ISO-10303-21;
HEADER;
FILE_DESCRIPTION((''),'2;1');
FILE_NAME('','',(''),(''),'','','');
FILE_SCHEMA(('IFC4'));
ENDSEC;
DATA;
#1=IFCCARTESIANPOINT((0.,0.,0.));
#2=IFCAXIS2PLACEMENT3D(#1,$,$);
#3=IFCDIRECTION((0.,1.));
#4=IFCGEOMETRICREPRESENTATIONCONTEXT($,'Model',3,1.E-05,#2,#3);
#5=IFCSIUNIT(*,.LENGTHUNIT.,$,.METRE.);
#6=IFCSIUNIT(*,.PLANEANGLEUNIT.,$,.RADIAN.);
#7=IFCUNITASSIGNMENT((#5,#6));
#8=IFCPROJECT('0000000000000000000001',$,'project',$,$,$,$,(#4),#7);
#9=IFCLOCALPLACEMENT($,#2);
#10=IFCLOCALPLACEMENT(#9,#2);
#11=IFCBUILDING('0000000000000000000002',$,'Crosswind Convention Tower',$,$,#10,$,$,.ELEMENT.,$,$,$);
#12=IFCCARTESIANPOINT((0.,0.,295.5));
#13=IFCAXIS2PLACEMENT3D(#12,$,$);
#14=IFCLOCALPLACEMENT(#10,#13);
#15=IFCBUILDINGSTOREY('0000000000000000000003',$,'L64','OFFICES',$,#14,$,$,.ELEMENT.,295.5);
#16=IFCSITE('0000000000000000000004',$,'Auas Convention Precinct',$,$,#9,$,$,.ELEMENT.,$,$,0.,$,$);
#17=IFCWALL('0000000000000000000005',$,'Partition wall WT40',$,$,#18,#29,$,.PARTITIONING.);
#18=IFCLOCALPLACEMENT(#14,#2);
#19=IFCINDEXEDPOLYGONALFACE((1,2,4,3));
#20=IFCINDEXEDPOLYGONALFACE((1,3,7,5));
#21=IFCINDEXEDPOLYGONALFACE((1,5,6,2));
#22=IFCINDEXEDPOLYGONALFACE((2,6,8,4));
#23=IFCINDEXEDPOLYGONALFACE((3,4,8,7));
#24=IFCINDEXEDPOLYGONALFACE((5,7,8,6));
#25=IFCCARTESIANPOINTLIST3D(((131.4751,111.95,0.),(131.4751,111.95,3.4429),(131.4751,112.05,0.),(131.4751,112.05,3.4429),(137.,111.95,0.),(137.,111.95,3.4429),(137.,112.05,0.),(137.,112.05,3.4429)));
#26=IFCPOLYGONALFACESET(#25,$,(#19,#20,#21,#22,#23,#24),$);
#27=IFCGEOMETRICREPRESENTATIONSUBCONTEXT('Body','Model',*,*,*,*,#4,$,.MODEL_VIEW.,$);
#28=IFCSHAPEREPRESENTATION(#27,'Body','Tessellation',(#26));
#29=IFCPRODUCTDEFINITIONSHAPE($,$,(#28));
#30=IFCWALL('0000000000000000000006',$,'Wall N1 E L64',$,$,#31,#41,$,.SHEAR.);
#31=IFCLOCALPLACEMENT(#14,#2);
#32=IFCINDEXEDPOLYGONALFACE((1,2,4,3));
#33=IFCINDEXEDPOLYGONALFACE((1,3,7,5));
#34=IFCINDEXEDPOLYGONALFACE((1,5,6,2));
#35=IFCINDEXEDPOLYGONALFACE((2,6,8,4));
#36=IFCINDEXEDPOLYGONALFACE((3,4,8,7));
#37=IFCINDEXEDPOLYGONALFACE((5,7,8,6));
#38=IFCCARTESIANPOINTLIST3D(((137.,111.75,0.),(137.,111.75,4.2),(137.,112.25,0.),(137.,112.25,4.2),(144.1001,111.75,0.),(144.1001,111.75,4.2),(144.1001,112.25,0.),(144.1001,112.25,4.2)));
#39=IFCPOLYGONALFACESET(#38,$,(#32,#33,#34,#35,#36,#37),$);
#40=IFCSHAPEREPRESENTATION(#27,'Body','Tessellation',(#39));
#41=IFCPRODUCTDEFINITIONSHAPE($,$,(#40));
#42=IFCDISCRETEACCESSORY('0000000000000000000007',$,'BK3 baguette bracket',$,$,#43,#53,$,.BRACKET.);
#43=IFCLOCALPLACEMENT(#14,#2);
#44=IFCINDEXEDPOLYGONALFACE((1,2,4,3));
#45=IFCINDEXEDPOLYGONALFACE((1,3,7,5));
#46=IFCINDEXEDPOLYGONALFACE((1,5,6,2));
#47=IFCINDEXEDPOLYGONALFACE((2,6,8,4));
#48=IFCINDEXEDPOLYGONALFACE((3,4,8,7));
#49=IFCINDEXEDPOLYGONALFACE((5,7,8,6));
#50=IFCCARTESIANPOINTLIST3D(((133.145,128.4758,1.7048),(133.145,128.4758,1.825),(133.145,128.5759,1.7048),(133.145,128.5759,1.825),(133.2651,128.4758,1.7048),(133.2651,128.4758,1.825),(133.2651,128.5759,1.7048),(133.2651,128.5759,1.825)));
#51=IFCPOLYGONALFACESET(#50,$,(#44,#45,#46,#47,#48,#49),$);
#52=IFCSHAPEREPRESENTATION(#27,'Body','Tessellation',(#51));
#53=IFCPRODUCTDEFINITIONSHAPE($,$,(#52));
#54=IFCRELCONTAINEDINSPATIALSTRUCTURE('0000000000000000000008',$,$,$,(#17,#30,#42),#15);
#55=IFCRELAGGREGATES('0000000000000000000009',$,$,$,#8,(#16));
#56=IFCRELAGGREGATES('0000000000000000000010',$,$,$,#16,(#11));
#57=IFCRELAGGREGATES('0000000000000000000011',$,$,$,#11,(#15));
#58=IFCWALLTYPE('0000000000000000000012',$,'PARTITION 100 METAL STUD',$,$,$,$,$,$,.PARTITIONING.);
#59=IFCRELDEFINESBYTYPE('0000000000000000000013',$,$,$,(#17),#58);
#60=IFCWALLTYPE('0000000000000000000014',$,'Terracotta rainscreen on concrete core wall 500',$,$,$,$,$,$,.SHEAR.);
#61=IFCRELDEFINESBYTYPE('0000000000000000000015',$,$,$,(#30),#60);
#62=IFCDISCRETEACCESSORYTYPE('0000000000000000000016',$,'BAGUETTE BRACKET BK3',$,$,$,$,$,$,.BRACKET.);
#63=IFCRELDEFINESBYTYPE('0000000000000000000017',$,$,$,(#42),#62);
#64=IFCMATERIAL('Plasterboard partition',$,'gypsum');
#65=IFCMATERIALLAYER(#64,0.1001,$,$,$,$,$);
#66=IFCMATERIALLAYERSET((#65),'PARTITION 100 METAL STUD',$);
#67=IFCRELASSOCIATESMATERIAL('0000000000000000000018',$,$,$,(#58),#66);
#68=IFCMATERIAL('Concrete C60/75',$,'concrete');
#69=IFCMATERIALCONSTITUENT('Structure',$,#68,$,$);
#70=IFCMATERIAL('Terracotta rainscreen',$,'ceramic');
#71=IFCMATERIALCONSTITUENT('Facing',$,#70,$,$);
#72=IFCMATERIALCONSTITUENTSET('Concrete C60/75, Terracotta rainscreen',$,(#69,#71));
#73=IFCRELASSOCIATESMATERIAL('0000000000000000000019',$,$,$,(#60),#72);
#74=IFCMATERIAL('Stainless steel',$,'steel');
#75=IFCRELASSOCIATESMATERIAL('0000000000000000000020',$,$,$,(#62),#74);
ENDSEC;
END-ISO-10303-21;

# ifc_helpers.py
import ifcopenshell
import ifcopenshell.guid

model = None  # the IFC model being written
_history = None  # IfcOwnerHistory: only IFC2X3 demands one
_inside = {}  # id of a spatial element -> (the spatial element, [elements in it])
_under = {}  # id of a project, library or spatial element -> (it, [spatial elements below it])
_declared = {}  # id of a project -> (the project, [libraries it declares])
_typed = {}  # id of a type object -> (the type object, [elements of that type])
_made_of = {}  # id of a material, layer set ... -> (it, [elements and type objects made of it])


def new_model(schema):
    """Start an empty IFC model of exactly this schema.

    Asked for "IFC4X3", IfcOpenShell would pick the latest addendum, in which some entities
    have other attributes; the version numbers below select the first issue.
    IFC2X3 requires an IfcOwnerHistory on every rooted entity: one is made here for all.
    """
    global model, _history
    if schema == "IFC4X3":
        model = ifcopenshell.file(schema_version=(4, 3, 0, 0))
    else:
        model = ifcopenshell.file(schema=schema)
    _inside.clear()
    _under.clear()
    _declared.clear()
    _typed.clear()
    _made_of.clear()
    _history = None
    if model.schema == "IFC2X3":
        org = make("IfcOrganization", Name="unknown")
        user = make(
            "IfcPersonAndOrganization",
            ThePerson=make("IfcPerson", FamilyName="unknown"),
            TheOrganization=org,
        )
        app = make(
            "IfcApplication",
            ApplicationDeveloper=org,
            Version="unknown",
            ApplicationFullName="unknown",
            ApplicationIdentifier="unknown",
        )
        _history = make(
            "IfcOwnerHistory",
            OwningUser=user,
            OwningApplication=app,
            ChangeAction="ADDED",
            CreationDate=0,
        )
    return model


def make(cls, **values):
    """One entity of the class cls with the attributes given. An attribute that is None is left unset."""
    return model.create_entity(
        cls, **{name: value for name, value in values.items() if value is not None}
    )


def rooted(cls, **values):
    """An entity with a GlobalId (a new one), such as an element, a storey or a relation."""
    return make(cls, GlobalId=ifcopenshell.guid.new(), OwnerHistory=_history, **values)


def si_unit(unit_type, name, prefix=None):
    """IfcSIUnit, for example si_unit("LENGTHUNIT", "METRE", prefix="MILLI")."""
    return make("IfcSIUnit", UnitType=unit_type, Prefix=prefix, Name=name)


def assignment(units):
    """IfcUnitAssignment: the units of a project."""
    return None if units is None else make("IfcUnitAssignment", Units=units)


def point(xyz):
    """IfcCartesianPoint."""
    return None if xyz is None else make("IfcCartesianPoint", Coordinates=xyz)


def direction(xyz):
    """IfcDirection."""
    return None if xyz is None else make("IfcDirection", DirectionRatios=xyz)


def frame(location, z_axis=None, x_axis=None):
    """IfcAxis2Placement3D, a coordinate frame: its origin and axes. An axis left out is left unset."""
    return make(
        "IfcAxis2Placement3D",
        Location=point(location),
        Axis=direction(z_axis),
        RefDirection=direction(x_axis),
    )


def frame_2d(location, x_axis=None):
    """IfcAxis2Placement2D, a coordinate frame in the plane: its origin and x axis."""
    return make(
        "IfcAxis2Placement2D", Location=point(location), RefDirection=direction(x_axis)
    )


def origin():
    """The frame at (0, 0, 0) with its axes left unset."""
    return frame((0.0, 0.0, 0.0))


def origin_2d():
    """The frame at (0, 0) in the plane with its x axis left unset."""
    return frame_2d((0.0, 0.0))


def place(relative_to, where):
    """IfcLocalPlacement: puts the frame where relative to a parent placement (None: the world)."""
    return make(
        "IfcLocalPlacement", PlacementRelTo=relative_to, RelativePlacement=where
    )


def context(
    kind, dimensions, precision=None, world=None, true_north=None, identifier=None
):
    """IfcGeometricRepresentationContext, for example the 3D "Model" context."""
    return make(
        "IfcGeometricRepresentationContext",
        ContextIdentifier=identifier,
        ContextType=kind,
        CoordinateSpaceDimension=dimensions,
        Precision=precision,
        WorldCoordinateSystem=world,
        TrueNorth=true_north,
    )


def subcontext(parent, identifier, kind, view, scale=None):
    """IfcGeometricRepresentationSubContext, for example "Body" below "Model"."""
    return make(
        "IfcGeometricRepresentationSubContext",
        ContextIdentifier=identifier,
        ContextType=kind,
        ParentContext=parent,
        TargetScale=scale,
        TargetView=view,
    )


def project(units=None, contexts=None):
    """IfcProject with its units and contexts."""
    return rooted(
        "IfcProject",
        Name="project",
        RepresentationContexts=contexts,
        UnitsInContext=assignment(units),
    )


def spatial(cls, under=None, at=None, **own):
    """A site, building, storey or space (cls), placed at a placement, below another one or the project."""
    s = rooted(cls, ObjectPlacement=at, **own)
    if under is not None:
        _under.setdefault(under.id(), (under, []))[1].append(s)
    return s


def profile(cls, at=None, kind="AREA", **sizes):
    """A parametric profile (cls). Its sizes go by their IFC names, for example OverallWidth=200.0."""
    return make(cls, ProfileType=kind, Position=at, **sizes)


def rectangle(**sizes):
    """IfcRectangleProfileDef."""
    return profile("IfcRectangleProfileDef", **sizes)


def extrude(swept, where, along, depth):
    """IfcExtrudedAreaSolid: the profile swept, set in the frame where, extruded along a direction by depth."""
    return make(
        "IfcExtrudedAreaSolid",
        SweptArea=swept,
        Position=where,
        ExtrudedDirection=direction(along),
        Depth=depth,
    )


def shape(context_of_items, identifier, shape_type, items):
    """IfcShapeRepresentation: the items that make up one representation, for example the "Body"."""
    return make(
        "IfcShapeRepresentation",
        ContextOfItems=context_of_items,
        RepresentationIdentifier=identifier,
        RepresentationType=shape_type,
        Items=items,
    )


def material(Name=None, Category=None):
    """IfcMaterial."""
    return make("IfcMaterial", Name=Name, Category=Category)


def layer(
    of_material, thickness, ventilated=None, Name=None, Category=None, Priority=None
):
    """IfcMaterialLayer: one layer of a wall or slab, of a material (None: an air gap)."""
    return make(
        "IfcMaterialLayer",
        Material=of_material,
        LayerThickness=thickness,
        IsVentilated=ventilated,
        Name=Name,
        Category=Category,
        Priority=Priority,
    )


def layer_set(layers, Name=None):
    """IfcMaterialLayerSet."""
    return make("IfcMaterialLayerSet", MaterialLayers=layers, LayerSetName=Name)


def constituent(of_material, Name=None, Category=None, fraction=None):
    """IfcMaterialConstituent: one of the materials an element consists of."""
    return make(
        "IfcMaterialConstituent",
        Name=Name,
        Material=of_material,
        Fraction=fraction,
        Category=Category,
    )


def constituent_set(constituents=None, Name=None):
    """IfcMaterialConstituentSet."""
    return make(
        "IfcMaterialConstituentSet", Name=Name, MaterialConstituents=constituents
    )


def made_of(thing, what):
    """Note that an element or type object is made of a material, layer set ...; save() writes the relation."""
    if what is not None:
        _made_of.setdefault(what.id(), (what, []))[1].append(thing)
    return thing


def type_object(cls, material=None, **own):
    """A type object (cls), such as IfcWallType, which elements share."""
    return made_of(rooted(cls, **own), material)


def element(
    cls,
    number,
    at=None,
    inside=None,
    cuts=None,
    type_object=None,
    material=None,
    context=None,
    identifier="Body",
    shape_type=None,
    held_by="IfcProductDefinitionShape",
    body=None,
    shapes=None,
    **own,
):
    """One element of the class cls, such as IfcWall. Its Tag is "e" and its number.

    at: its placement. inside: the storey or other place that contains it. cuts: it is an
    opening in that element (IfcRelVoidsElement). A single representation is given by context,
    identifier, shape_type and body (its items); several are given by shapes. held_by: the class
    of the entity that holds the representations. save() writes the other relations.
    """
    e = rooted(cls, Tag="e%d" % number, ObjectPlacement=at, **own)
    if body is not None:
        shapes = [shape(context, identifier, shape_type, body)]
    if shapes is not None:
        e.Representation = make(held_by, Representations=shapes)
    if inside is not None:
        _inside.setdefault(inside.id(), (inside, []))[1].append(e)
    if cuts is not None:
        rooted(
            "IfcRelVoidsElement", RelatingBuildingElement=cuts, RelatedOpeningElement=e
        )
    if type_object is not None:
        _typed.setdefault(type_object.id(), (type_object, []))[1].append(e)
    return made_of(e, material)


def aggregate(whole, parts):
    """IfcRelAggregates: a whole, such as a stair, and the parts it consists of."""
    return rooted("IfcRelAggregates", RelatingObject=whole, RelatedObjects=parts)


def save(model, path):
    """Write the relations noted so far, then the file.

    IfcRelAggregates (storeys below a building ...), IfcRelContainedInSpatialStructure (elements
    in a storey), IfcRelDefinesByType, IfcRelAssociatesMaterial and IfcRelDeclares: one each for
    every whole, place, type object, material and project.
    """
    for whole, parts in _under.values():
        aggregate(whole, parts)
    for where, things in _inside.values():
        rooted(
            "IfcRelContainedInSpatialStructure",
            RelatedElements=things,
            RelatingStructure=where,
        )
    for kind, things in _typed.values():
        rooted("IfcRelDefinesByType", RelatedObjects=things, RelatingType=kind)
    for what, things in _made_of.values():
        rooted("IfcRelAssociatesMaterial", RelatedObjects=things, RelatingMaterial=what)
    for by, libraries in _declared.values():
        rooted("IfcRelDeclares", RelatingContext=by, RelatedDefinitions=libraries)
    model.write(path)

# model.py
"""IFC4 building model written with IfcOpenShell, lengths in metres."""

from ifc_helpers import new_model, si_unit, direction, frame, frame_2d, origin, origin_2d, place, context, subcontext, project, spatial, rectangle, extrude, material, layer, layer_set, constituent, constituent_set, type_object, element, save


model = new_model("IFC4")

# Units and contexts
model_context = context("Model", 3, precision=1e-05, world=origin(), true_north=direction((0.0, 1.0)))
body_context = subcontext(model_context, "Body", "Model", "MODEL_VIEW")
ifc_project = project(units=[si_unit("LENGTHUNIT", "METRE"), si_unit("PLANEANGLEUNIT", "RADIAN")], contexts=[model_context])

# Site, building, storey
site_placement = place(None, origin())
site = spatial("IfcSite", under=ifc_project, at=site_placement, Name="Auas Convention Precinct", CompositionType="ELEMENT", RefElevation=0.0)
building_placement = place(site_placement, origin())
building = spatial("IfcBuilding", under=site, at=building_placement, Name="Crosswind Convention Tower", CompositionType="ELEMENT")
storey_placement = place(building_placement, frame((0.0, 0.0, 295.5)))
storey = spatial("IfcBuildingStorey", under=building, at=storey_placement, Name="L64", Description="OFFICES", CompositionType="ELEMENT", Elevation=295.5)

# Shared definitions
ifc_material_1 = material(Name="Concrete C60/75", Category="concrete")

# Walls
ifc_material_2 = material(Name="Plasterboard partition", Category="gypsum")
ifc_layer_1 = layer(ifc_material_2, 0.1001)
ifc_layer_set_1 = layer_set([ifc_layer_1], Name="PARTITION 100 METAL STUD")
wall_type_1 = type_object("IfcWallType", Name="PARTITION 100 METAL STUD", PredefinedType="PARTITIONING", material=ifc_layer_set_1)
wall_1_placement = place(storey_placement, frame((131.4751, 112.0, 0.0), z_axis=(0.0, 0.0, 1.0), x_axis=(1.0, 0.0, 0.0)))
element("IfcWall", 1, at=wall_1_placement, inside=storey, type_object=wall_type_1, Name="Partition wall WT40", PredefinedType="PARTITIONING", context=body_context, shape_type="SweptSolid", body=[
    extrude(rectangle(XDim=5.5249, YDim=0.1001, at=frame_2d((2.7625, 0.0))), origin(), (0.0, 0.0, 1.0), 3.4429),
])
ifc_constituent_1 = constituent(ifc_material_1, Name="Structure")
ifc_material_3 = material(Name="Terracotta rainscreen", Category="ceramic")
ifc_constituent_2 = constituent(ifc_material_3, Name="Facing")
ifc_constituent_set = constituent_set(constituents=[ifc_constituent_1, ifc_constituent_2], Name="Concrete C60/75, Terracotta rainscreen")
wall_type_2 = type_object("IfcWallType", Name="Terracotta rainscreen on concrete core wall 500", PredefinedType="SHEAR", material=ifc_constituent_set)
wall_2_placement = place(storey_placement, frame((137.0, 112.0, 0.0), z_axis=(0.0, 0.0, 1.0), x_axis=(1.0, 0.0, 0.0)))
element("IfcWall", 2, at=wall_2_placement, inside=storey, type_object=wall_type_2, Name="Wall N1 E L64", PredefinedType="SHEAR", context=body_context, shape_type="SweptSolid", body=[
    extrude(rectangle(XDim=7.1001, YDim=0.5, at=frame_2d((3.55, 0.0))), origin(), (0.0, 0.0, 1.0), 4.2),
])

# Discrete accessory
ifc_material_4 = material(Name="Stainless steel", Category="steel")
discrete_accessory_type = type_object("IfcDiscreteAccessoryType", Name="BAGUETTE BRACKET BK3", PredefinedType="BRACKET", material=ifc_material_4)
discrete_accessory_placement = place(storey_placement, frame((133.2051, 128.5259, 1.7048), z_axis=(0.0, 0.0, 1.0), x_axis=(-1.0, 0.0, 0.0)))
element("IfcDiscreteAccessory", 3, at=discrete_accessory_placement, inside=storey, type_object=discrete_accessory_type, Name="BK3 baguette bracket", PredefinedType="BRACKET", context=body_context, shape_type="SweptSolid", body=[
    extrude(rectangle(XDim=0.1201, YDim=0.1001, at=origin_2d()), origin(), (0.0, 0.0, 1.0), 0.1201),
])

save(model, "model.ifc")
